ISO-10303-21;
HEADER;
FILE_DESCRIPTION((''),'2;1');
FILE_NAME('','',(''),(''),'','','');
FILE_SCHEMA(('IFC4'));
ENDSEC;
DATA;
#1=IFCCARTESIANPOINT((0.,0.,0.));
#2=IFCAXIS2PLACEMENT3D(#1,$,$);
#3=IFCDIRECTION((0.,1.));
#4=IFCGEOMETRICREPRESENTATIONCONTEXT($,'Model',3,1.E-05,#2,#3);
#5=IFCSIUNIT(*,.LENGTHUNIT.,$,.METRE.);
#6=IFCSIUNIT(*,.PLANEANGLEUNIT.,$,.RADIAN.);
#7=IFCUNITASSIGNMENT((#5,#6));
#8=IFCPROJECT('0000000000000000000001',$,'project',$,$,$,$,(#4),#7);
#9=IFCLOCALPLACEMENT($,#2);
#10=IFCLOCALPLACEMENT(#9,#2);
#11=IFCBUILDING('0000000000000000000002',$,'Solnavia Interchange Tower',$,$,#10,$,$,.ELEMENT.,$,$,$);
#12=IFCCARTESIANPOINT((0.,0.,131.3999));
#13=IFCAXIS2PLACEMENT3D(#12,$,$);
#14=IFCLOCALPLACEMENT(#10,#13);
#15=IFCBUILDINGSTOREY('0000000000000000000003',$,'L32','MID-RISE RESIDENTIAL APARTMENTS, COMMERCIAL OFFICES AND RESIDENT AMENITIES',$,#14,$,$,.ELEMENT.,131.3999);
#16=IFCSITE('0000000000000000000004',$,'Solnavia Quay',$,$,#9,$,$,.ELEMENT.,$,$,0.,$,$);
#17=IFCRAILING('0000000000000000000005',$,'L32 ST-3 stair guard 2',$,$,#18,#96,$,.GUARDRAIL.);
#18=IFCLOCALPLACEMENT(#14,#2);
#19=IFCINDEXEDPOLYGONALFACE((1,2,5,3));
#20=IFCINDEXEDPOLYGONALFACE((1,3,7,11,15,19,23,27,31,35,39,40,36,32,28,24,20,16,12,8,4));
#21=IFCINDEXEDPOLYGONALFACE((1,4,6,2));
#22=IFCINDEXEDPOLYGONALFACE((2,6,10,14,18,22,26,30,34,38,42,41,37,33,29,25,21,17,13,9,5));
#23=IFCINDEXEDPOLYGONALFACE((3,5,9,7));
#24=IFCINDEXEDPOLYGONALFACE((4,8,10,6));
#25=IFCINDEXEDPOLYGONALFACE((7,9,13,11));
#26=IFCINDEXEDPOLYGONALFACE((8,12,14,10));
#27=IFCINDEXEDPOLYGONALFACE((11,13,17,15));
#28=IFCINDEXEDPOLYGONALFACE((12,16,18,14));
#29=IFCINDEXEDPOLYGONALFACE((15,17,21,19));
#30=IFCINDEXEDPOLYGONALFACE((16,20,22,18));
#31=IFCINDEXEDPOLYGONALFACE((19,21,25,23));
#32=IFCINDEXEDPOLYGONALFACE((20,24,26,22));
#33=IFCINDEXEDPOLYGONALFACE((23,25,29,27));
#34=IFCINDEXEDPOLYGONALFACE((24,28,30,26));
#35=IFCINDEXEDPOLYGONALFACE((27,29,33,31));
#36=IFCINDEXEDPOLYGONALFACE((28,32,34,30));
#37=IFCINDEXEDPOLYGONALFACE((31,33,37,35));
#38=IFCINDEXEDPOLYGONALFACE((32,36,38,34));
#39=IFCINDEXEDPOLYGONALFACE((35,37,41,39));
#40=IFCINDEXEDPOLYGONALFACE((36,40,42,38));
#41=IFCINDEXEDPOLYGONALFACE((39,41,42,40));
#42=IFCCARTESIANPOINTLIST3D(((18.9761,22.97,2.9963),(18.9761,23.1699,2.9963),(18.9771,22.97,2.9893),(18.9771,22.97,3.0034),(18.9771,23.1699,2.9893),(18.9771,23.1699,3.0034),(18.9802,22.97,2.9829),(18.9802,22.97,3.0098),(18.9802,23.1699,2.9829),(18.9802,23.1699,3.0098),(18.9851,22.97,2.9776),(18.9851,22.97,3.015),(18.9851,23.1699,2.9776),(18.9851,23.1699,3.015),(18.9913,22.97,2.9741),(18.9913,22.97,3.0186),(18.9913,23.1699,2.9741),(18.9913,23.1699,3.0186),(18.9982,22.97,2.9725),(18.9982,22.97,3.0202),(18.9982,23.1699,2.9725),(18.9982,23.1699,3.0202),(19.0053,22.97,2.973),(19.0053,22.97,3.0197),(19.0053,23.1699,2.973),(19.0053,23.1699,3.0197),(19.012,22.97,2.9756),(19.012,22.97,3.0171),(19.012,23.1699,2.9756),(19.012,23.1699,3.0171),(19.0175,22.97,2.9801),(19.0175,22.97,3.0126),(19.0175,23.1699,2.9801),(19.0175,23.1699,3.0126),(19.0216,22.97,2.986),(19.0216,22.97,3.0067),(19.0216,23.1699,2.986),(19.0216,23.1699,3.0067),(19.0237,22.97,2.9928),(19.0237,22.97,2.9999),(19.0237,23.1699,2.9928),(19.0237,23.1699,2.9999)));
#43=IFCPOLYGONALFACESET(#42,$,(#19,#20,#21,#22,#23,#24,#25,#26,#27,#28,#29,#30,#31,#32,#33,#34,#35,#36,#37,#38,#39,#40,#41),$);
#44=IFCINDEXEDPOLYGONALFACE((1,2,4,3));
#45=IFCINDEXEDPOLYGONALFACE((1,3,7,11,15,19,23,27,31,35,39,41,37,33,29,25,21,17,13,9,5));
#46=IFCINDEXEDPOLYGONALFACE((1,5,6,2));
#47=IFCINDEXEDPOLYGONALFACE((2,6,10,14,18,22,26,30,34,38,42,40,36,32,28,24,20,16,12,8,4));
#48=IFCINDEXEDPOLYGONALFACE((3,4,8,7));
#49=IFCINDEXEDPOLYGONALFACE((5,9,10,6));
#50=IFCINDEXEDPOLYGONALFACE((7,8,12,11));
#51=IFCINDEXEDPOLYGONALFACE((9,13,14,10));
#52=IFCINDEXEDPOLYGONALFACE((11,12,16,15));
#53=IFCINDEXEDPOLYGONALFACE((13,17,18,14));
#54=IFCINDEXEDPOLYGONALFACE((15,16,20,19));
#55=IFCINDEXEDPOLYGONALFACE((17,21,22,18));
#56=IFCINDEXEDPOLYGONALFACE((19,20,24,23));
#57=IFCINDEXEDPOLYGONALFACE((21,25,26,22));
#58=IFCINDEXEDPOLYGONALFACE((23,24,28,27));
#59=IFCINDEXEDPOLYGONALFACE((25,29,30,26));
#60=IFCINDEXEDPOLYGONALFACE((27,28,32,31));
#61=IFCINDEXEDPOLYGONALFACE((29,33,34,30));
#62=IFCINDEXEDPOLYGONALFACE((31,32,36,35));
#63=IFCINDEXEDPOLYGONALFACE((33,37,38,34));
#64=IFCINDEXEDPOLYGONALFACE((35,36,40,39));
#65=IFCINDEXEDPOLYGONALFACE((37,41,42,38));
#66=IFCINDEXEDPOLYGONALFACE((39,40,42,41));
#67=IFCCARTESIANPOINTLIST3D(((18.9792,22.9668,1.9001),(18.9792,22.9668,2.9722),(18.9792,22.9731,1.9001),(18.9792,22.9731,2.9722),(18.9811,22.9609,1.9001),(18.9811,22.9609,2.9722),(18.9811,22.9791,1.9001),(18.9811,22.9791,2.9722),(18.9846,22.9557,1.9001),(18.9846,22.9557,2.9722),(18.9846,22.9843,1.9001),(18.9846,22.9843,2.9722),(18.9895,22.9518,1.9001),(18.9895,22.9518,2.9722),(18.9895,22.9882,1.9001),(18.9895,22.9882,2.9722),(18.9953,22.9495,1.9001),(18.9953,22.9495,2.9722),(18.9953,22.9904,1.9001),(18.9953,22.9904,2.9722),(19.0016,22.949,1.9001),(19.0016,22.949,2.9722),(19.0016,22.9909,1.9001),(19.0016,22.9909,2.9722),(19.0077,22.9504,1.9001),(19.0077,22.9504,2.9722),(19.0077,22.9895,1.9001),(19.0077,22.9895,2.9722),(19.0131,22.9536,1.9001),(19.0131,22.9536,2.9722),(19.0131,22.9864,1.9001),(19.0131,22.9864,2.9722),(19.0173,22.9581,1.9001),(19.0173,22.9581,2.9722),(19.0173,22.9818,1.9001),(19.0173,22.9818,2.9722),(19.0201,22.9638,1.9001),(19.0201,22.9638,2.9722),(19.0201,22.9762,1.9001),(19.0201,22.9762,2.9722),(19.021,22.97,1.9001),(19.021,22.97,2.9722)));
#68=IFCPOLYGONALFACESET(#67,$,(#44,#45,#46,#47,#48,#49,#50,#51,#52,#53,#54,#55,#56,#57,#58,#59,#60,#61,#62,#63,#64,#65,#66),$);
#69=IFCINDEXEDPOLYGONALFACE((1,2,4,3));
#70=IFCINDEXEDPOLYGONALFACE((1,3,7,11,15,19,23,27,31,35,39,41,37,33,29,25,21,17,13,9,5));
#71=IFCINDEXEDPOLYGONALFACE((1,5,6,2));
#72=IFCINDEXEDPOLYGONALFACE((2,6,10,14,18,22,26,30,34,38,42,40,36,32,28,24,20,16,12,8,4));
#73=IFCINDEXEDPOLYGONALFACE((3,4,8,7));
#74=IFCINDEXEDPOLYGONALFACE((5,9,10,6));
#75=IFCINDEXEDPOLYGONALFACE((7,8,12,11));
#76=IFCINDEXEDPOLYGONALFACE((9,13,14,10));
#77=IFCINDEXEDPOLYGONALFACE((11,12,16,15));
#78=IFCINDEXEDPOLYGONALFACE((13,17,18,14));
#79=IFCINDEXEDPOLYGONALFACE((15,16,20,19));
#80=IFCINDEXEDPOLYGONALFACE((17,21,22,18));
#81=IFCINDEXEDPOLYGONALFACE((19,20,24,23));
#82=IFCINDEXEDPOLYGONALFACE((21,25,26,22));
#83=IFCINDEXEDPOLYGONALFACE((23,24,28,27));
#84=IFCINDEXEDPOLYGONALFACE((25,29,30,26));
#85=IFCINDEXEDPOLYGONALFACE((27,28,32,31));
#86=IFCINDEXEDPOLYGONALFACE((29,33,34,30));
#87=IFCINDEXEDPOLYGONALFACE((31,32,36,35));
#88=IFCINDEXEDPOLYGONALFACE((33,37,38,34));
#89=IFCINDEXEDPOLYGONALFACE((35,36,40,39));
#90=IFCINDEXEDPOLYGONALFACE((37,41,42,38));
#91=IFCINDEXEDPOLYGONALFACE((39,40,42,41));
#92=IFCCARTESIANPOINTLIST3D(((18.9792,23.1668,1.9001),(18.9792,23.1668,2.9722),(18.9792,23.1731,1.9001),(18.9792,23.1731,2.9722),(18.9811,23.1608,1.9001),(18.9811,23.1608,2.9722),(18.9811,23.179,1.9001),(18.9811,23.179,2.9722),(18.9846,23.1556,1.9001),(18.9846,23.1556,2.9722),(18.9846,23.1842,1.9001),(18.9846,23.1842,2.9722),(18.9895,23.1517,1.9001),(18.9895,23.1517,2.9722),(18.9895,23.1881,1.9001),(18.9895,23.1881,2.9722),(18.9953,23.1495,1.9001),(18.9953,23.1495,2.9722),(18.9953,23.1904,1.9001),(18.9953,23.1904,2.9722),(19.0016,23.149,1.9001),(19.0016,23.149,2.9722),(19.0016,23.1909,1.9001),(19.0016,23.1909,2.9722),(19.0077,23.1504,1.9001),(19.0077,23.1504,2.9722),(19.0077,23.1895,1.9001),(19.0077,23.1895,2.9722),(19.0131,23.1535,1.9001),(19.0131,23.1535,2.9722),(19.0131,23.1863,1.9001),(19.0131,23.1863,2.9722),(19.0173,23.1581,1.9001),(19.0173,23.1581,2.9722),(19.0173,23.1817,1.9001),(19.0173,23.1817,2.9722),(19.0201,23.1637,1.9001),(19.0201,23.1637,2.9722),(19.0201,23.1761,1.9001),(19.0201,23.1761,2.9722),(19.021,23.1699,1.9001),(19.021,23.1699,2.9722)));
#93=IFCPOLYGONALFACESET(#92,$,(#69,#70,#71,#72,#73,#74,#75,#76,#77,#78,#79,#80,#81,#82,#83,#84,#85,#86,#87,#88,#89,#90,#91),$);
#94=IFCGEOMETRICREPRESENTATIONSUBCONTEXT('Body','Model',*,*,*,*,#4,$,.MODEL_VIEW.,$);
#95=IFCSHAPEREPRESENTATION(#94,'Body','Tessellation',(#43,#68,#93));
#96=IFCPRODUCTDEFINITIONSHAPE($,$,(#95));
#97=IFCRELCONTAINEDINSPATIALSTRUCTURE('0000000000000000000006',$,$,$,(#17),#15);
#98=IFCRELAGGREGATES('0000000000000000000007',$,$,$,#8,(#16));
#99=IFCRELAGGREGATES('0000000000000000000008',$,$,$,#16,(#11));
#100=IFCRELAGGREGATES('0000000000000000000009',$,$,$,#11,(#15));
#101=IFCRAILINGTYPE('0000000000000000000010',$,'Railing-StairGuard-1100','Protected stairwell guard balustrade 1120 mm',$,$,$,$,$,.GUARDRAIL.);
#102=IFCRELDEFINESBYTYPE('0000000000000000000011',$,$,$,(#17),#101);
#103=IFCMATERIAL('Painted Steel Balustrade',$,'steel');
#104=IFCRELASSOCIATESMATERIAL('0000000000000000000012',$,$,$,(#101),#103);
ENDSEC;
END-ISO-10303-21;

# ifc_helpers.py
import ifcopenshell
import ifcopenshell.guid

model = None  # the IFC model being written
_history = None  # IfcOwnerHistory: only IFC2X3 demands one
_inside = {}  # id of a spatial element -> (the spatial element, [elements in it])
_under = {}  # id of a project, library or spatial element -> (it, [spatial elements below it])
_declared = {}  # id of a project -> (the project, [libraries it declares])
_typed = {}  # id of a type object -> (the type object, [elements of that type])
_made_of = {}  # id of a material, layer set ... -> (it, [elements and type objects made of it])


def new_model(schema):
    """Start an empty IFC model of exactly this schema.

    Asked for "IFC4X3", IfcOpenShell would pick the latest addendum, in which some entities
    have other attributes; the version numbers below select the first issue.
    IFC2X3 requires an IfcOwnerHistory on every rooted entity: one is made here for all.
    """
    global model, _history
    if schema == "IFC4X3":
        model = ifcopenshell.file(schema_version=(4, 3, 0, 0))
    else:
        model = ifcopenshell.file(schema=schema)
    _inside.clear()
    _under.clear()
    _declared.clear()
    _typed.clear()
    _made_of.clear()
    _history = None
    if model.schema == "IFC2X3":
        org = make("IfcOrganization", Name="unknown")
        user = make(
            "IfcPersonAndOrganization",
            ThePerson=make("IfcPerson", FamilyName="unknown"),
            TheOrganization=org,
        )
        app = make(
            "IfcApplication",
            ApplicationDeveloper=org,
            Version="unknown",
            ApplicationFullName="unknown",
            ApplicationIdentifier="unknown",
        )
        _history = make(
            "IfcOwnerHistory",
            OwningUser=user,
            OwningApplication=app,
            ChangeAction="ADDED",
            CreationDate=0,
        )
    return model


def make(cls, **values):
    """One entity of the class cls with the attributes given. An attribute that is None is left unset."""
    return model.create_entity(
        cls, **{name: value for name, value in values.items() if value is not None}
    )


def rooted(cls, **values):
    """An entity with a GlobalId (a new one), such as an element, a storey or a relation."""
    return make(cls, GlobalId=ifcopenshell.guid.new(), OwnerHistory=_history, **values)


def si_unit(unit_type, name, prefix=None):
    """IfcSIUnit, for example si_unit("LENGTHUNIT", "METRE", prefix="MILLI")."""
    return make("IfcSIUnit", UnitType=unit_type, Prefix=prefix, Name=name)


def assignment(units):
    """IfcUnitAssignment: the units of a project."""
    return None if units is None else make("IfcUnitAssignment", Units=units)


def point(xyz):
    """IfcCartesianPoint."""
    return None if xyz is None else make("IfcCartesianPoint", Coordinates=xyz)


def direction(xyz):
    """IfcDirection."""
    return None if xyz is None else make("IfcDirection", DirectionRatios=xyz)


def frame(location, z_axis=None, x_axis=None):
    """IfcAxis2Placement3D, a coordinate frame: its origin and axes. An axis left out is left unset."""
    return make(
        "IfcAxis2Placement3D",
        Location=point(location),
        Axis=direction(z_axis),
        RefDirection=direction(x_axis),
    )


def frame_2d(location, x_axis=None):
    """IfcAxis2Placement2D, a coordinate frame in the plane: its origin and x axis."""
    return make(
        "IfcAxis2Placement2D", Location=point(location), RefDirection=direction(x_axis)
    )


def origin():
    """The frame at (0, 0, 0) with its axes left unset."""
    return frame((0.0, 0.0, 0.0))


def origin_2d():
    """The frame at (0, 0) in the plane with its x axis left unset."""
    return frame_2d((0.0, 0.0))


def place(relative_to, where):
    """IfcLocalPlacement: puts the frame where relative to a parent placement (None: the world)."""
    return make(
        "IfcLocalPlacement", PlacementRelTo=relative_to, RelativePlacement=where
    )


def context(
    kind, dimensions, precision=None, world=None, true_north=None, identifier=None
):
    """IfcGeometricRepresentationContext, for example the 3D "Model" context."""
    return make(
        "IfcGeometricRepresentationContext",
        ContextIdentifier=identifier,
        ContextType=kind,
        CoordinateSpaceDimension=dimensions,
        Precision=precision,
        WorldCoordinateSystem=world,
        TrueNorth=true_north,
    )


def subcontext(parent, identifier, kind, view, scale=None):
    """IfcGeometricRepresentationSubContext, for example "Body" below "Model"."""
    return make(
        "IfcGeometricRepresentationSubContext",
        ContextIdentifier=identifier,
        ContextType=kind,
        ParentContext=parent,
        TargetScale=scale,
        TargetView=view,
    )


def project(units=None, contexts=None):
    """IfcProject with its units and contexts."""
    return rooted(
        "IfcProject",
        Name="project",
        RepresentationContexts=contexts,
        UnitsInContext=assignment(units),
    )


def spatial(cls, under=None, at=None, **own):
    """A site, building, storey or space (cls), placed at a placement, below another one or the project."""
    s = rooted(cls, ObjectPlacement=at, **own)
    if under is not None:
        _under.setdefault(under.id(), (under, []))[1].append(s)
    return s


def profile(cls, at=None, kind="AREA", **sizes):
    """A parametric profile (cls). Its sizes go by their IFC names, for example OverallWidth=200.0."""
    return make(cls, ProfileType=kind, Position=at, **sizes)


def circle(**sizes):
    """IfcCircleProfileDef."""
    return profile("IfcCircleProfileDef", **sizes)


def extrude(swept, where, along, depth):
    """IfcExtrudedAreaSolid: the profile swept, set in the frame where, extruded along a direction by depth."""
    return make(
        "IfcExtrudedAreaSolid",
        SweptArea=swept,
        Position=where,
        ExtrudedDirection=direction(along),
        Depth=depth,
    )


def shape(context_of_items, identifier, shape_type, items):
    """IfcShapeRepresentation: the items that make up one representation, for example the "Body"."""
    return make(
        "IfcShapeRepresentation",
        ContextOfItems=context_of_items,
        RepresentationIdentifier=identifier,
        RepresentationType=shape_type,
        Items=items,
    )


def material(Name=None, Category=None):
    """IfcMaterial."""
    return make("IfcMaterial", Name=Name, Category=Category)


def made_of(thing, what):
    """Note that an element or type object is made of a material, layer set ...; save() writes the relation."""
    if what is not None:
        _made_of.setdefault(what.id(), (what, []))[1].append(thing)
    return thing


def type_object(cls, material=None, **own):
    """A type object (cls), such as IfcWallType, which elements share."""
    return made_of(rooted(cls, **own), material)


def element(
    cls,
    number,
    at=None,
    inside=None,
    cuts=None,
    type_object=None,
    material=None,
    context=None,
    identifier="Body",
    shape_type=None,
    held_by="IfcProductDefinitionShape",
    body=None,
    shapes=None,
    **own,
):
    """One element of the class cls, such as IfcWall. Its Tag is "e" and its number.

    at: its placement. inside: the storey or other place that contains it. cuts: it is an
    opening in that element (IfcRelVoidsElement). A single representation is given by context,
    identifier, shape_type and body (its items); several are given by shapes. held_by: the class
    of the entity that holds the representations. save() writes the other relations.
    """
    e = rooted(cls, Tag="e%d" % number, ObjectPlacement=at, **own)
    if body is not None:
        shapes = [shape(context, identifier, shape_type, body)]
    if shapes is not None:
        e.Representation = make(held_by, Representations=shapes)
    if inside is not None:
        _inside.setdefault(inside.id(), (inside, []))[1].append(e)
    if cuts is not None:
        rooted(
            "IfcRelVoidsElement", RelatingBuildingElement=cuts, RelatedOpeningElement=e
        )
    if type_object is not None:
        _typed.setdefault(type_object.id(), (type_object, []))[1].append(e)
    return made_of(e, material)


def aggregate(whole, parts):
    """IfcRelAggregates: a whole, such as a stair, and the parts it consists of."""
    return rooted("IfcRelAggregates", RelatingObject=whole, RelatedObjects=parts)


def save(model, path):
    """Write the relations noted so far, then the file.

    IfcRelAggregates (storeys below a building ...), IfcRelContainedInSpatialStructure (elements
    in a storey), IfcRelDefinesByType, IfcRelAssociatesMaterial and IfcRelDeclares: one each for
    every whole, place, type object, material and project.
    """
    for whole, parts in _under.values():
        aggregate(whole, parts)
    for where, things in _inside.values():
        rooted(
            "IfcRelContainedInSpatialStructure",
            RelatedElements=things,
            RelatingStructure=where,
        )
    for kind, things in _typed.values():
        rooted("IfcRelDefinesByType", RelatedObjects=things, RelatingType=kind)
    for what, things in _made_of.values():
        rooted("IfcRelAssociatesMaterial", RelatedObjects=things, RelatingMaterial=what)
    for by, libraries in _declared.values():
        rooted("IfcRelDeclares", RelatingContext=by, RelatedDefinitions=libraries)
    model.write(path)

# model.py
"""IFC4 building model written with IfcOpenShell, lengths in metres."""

from ifc_helpers import new_model, si_unit, direction, frame, origin, origin_2d, place, context, subcontext, project, spatial, circle, extrude, material, type_object, element, save


model = new_model("IFC4")

# Units and contexts
model_context = context("Model", 3, precision=1e-05, world=origin(), true_north=direction((0.0, 1.0)))
body_context = subcontext(model_context, "Body", "Model", "MODEL_VIEW")
ifc_project = project(units=[si_unit("LENGTHUNIT", "METRE"), si_unit("PLANEANGLEUNIT", "RADIAN")], contexts=[model_context])

# Site, building, storey
site_placement = place(None, origin())
site = spatial("IfcSite", under=ifc_project, at=site_placement, Name="Solnavia Quay", CompositionType="ELEMENT", RefElevation=0.0)
building_placement = place(site_placement, origin())
building = spatial("IfcBuilding", under=site, at=building_placement, Name="Solnavia Interchange Tower", CompositionType="ELEMENT")
storey_placement = place(building_placement, frame((0.0, 0.0, 131.3999)))
storey = spatial("IfcBuildingStorey", under=building, at=storey_placement, Name="L32", Description="MID-RISE RESIDENTIAL APARTMENTS, COMMERCIAL OFFICES AND RESIDENT AMENITIES", CompositionType="ELEMENT", Elevation=131.3999)

# Railing
ifc_material_1 = material(Name="Painted Steel Balustrade", Category="steel")
railing_type_1 = type_object("IfcRailingType", Name="Railing-StairGuard-1100", Description="Protected stairwell guard balustrade 1120 mm", PredefinedType="GUARDRAIL", material=ifc_material_1)
railing_1_placement = place(storey_placement, frame((19.0, 22.97, 1.9001)))
element("IfcRailing", 1, at=railing_1_placement, inside=storey, type_object=railing_type_1, Name="L32 ST-3 stair guard 2", PredefinedType="GUARDRAIL", context=body_context, shape_type="SweptSolid", body=[
    extrude(circle(Radius=0.0239, at=origin_2d()), frame((0.0, 0.0, 1.0962), z_axis=(0.0, 1.0, 0.0), x_axis=(-1.0, 0.0, 0.0)), (0.0, 0.0, 1.0), 0.2),
    extrude(circle(Radius=0.021, at=origin_2d()), origin(), (0.0, 0.0, 1.0), 1.072),
    extrude(circle(Radius=0.021, at=origin_2d()), frame((0.0, 0.2, 0.0)), (0.0, 0.0, 1.0), 1.072),
])

save(model, "model.ifc")
